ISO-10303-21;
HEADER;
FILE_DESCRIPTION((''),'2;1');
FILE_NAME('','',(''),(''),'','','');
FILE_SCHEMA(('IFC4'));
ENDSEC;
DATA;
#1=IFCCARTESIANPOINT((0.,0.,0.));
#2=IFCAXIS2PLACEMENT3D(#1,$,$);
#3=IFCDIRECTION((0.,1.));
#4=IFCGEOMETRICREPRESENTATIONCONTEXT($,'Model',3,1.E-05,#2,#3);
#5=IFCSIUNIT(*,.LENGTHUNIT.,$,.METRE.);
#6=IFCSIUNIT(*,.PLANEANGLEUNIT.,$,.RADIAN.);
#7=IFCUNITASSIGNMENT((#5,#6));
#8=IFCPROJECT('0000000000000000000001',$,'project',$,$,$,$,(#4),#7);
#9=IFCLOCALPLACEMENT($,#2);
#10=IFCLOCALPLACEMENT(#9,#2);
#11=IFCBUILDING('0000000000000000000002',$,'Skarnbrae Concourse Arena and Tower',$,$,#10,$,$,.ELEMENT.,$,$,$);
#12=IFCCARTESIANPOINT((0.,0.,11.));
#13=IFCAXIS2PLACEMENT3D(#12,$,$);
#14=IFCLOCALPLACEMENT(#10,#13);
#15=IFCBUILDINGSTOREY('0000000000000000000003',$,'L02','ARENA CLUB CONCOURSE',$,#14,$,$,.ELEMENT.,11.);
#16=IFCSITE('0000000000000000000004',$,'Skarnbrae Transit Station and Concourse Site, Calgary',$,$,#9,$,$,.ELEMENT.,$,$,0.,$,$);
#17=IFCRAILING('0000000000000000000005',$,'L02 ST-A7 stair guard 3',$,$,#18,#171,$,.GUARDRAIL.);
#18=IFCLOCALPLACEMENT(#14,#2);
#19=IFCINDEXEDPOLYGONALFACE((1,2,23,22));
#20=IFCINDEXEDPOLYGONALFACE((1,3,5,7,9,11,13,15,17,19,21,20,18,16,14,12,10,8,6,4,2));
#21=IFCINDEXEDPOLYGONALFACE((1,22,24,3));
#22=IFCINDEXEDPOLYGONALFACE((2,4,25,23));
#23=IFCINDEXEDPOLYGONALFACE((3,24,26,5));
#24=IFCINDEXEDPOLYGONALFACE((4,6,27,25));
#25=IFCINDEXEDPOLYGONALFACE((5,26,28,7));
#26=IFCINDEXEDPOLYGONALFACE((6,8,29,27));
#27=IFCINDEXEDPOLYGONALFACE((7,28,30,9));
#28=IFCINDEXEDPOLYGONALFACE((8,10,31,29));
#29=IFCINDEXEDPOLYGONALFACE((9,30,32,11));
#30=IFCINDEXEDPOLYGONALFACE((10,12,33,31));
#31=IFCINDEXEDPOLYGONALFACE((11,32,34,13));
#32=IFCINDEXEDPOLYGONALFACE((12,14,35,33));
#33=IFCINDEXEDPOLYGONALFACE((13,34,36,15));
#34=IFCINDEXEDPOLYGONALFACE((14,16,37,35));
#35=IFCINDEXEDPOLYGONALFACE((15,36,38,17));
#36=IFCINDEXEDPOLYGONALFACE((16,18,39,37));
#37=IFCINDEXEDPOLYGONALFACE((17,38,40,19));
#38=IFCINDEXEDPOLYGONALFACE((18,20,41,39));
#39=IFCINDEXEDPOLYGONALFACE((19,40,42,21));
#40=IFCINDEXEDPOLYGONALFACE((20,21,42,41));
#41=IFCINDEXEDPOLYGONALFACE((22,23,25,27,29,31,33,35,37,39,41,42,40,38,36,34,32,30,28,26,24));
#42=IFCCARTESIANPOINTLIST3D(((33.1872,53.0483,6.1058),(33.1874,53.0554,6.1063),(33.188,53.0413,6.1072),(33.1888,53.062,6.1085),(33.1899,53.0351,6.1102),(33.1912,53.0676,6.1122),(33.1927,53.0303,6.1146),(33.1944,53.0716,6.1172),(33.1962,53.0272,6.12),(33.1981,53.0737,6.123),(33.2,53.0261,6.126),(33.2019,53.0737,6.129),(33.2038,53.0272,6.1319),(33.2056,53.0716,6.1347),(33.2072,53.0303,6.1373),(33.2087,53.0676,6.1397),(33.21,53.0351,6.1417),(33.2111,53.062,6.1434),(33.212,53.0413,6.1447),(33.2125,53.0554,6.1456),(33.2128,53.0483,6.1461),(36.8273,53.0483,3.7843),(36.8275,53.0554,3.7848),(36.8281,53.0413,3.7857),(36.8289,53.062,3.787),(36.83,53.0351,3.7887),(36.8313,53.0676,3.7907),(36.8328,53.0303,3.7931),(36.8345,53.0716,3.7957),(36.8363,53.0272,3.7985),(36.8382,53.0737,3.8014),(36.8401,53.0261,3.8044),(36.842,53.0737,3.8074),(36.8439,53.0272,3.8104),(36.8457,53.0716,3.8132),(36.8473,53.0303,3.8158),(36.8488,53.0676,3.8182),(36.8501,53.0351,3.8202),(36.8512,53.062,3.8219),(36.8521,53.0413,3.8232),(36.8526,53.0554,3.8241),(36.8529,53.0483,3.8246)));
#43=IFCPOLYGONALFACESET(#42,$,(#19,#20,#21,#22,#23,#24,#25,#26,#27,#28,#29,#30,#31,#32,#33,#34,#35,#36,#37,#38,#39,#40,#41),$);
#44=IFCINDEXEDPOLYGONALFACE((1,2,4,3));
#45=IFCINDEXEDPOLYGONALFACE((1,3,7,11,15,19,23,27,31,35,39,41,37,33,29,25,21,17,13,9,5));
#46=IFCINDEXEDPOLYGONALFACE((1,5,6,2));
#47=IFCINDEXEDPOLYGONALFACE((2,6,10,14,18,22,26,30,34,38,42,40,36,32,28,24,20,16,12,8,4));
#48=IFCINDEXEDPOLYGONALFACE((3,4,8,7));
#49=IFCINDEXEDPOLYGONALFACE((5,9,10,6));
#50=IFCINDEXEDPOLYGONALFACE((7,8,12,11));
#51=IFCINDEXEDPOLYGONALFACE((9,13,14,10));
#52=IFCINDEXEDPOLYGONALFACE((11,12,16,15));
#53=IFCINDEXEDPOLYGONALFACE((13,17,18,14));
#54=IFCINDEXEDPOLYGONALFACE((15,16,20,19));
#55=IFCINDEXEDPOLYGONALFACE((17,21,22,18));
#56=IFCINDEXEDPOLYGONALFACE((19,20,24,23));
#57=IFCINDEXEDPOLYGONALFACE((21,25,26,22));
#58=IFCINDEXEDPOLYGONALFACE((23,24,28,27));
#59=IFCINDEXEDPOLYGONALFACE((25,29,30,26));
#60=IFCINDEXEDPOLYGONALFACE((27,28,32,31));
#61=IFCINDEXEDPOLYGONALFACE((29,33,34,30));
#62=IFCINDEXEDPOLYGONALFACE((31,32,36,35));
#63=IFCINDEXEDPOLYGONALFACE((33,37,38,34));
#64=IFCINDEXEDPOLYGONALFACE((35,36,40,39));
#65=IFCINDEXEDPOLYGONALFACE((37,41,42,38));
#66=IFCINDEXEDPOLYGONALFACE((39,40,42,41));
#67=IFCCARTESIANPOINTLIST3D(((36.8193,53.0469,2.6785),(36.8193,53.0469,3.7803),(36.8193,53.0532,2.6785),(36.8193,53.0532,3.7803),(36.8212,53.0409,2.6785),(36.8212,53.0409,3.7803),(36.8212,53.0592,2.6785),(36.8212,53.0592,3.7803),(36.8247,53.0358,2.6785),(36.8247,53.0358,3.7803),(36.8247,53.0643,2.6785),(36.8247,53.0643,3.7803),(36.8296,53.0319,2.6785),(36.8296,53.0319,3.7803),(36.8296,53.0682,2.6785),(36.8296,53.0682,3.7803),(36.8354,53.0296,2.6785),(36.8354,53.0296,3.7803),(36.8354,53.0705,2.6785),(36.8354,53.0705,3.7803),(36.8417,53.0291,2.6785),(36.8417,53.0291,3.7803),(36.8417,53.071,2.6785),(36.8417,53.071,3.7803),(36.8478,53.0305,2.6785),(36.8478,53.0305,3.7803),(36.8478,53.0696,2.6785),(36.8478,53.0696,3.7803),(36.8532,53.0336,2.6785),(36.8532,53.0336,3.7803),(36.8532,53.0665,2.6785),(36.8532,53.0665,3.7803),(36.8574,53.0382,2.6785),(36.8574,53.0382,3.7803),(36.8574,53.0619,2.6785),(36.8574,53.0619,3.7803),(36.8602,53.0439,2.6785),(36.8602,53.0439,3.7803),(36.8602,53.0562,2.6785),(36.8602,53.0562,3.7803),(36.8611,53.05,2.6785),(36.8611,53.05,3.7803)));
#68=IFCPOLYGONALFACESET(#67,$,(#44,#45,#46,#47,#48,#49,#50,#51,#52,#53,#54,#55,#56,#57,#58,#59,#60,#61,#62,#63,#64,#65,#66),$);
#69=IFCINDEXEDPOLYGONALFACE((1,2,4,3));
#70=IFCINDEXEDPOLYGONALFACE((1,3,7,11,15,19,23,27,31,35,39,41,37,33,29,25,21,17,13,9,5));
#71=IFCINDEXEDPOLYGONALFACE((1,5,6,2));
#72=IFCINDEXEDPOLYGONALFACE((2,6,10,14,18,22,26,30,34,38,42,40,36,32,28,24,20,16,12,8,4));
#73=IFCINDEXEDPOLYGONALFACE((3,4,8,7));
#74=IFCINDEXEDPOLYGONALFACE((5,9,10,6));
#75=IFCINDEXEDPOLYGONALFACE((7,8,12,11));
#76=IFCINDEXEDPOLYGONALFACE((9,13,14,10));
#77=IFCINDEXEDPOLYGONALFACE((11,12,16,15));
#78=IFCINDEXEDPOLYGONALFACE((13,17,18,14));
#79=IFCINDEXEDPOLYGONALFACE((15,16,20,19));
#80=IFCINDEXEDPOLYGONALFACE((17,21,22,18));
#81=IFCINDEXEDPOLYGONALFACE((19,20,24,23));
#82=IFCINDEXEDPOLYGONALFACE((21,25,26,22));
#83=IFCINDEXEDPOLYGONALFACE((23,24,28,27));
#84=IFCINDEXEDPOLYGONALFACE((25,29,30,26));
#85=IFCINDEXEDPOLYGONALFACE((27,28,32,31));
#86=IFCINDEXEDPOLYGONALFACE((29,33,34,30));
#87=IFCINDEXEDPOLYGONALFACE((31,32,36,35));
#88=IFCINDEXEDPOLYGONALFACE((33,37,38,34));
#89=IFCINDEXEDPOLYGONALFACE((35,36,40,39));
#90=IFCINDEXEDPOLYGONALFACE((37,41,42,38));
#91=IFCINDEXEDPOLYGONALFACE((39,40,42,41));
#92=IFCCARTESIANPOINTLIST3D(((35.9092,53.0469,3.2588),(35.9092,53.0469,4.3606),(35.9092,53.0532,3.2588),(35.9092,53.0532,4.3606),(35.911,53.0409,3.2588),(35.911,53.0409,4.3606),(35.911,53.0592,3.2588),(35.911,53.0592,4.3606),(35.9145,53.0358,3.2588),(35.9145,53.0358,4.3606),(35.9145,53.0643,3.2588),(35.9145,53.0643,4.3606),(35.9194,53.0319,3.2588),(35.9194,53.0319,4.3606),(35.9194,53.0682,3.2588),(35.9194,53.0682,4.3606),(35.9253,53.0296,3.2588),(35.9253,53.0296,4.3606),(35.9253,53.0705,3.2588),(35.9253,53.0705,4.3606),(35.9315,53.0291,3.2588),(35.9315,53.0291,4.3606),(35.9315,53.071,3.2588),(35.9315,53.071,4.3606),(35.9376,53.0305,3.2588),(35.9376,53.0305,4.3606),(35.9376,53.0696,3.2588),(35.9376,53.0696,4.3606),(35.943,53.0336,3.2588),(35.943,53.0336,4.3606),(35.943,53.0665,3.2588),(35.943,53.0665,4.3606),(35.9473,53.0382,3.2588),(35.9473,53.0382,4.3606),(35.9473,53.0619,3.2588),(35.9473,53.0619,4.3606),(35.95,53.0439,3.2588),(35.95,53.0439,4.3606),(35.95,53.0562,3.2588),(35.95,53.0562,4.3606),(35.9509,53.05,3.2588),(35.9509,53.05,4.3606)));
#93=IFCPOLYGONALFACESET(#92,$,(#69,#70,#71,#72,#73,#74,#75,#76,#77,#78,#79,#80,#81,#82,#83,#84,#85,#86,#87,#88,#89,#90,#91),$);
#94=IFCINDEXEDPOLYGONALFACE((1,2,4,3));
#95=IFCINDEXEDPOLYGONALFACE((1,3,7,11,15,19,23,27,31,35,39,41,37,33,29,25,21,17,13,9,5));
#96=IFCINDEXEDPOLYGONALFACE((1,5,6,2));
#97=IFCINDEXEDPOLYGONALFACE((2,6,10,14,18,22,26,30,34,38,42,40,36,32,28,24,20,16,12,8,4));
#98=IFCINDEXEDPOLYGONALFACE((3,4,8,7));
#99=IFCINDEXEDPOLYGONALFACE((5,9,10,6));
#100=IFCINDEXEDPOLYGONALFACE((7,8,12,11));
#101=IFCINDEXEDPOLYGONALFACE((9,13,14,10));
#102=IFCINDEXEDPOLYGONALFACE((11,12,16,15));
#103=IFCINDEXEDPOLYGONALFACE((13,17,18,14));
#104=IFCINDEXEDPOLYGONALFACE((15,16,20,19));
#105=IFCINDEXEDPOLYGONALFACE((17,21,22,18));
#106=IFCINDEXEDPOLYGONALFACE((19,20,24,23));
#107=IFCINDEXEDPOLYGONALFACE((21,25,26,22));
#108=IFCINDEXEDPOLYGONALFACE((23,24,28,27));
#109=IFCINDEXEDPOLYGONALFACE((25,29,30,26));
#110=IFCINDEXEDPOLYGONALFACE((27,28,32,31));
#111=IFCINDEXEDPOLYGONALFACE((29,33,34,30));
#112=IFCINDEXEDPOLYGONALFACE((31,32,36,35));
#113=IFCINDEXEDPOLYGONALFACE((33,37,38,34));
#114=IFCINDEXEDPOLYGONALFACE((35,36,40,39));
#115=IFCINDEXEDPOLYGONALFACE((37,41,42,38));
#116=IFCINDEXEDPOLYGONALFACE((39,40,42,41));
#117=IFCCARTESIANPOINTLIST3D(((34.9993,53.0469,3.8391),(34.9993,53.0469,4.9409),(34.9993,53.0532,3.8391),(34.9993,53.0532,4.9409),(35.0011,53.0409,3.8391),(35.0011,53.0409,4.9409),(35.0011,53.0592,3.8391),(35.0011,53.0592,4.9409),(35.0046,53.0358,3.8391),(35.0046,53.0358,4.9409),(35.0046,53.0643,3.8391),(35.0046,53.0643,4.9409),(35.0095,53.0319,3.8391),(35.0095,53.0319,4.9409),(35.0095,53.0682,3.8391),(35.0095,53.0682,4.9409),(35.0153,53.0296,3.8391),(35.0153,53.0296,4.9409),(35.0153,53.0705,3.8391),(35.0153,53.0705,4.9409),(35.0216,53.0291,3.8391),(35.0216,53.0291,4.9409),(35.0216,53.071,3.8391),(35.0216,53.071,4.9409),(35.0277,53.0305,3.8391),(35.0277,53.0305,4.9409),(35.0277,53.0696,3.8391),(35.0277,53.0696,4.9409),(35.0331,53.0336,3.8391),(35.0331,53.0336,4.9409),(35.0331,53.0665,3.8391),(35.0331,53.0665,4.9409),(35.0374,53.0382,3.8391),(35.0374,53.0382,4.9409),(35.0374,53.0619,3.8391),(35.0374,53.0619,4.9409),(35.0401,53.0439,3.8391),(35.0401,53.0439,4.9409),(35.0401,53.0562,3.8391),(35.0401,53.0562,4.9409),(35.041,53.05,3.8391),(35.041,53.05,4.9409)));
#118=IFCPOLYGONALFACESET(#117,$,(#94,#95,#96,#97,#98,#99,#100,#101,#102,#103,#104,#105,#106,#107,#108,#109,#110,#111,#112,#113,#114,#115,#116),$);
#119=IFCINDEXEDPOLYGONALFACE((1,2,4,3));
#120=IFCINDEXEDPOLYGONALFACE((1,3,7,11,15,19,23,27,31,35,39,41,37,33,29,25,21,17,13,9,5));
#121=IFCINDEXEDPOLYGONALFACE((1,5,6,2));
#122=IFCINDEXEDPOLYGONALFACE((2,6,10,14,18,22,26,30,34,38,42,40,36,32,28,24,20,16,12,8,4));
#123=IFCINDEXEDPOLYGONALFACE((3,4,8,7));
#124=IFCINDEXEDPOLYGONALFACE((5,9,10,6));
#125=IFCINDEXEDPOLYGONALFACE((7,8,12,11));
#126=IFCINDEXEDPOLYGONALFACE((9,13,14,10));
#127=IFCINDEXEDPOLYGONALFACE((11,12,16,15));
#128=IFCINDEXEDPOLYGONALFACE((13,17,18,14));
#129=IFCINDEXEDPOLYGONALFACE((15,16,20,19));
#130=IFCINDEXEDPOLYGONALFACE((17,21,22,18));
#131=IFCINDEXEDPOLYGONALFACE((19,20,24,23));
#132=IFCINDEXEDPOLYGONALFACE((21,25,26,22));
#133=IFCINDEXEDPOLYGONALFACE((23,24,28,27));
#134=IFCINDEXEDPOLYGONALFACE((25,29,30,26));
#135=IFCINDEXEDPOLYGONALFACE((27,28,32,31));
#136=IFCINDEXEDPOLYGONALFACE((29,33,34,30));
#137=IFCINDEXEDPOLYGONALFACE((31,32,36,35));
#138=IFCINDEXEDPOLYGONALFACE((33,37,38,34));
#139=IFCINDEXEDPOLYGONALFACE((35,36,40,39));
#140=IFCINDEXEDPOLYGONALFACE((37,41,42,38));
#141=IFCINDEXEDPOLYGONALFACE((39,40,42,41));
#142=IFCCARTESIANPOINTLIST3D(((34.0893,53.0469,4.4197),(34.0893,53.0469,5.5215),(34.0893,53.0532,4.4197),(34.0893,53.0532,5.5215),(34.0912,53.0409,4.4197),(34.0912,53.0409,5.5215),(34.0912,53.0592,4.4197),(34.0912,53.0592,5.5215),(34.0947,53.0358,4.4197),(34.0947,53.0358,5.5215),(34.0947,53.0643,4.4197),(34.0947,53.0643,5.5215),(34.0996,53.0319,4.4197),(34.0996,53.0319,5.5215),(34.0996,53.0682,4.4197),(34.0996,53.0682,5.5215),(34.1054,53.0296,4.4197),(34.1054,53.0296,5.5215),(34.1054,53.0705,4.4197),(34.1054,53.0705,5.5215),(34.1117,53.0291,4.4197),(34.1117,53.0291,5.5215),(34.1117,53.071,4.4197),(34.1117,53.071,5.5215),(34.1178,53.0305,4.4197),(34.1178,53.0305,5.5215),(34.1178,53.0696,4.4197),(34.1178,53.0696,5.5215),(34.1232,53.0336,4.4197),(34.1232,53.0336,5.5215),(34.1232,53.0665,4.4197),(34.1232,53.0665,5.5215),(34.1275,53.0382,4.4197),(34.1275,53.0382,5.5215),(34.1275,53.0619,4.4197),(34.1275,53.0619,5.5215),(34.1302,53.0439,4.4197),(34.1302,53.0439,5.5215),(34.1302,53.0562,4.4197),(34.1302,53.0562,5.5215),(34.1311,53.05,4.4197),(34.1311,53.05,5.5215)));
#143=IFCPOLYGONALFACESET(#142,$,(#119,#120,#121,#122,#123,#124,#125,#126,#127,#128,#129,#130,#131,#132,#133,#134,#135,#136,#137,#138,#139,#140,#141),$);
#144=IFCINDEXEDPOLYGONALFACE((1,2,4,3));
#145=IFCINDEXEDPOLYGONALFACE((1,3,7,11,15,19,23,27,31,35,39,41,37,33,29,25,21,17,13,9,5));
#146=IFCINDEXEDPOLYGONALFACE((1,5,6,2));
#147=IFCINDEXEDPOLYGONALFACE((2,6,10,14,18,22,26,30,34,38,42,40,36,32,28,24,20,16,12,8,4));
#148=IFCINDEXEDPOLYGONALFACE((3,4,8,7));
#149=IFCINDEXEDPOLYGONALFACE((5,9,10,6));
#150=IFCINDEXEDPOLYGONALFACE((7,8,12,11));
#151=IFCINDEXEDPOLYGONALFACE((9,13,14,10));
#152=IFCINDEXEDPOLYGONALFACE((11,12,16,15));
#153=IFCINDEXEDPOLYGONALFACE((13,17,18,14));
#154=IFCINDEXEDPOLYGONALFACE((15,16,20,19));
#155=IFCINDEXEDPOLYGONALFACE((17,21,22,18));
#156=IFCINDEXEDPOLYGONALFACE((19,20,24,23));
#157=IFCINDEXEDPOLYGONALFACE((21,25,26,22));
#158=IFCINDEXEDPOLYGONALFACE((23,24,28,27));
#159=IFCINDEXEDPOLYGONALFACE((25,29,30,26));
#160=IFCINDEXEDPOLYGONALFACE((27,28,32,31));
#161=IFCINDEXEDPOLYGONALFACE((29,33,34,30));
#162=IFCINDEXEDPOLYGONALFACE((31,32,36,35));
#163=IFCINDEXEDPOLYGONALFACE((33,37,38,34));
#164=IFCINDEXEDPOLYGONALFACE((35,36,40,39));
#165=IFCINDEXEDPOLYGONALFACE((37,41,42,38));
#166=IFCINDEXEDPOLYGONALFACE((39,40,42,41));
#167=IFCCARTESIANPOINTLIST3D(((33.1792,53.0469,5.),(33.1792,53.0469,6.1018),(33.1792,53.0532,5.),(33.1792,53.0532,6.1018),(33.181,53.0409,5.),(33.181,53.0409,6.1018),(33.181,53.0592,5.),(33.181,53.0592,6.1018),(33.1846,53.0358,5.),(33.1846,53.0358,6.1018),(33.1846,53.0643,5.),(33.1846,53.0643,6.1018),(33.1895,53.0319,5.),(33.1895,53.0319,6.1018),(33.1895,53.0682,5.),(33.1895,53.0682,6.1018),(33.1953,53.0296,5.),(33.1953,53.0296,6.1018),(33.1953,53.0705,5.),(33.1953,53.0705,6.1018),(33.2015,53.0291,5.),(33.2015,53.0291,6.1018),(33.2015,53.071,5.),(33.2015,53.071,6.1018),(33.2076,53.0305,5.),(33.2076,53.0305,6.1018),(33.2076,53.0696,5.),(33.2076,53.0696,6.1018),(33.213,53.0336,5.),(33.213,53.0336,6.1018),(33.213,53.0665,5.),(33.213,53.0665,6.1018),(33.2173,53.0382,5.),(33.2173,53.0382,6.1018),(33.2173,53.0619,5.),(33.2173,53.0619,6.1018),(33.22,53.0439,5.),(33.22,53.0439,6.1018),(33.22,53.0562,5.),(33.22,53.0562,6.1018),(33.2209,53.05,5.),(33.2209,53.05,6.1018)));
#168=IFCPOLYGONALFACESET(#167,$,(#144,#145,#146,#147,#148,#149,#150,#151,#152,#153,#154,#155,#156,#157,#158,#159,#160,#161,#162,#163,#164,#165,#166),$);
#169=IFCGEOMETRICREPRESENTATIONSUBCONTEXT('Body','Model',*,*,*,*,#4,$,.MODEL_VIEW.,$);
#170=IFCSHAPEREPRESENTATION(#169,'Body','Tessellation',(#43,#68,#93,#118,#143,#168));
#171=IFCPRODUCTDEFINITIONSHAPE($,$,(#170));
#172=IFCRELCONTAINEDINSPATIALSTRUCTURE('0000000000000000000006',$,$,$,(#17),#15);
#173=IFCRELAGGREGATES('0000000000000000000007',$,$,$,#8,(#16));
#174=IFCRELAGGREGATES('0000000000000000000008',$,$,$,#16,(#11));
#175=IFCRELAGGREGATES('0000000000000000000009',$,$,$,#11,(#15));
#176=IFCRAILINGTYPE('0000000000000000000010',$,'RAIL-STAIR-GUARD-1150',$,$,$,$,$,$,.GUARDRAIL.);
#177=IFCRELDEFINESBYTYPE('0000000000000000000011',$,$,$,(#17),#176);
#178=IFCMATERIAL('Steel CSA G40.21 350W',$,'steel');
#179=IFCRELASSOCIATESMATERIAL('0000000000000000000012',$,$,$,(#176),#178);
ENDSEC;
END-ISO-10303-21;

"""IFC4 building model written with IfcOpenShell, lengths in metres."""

from ifc_helpers import new_model, si_unit, direction, frame, origin, origin_2d, place, context, subcontext, project, spatial, circle, extrude, material, type_object, element, save


model = new_model("IFC4")

# Units and contexts
model_context = context("Model", 3, precision=1e-05, world=origin(), true_north=direction((0.0, 1.0)))
body_context = subcontext(model_context, "Body", "Model", "MODEL_VIEW")
ifc_project = project(units=[si_unit("LENGTHUNIT", "METRE"), si_unit("PLANEANGLEUNIT", "RADIAN")], contexts=[model_context])

# Site, building, storey
site_placement = place(None, origin())
site = spatial("IfcSite", under=ifc_project, at=site_placement, Name="Skarnbrae Transit Station and Concourse Site, Calgary", CompositionType="ELEMENT", RefElevation=0.0)
building_placement = place(site_placement, origin())
building = spatial("IfcBuilding", under=site, at=building_placement, Name="Skarnbrae Concourse Arena and Tower", CompositionType="ELEMENT")
storey_placement = place(building_placement, frame((0.0, 0.0, 11.0)))
storey = spatial("IfcBuildingStorey", under=building, at=storey_placement, Name="L02", Description="ARENA CLUB CONCOURSE", CompositionType="ELEMENT", Elevation=11.0)

# Shared definitions
ifc_material_1 = material(Name="Steel CSA G40.21 350W", Category="steel")

# Railing
railing_type_1 = type_object("IfcRailingType", Name="RAIL-STAIR-GUARD-1150", PredefinedType="GUARDRAIL", material=ifc_material_1)
railing_1_placement = place(storey_placement, frame((36.8401, 53.05, 2.6785)))
element("IfcRailing", 1, at=railing_1_placement, inside=storey, type_object=railing_type_1, Name="L02 ST-A7 stair guard 3", PredefinedType="GUARDRAIL", context=body_context, shape_type="SweptSolid", body=[
    extrude(circle(Radius=0.0239, at=origin_2d()), frame((0.0, 0.0, 1.126), z_axis=(-0.843128, 0.0, 0.537713), x_axis=(0.0, -1.0, 0.0)), (0.0, 0.0, 1.0), 4.3174),
    extrude(circle(Radius=0.021, at=origin_2d()), origin(), (0.0, 0.0, 1.0), 1.1018),
    extrude(circle(Radius=0.021, at=origin_2d()), frame((-0.9102, 0.0, 0.5803)), (0.0, 0.0, 1.0), 1.1018),
    extrude(circle(Radius=0.021, at=origin_2d()), frame((-1.8201, 0.0, 1.1606)), (0.0, 0.0, 1.0), 1.1018),
    extrude(circle(Radius=0.021, at=origin_2d()), frame((-2.73, 0.0, 1.7412)), (0.0, 0.0, 1.0), 1.1018),
    extrude(circle(Radius=0.021, at=origin_2d()), frame((-3.6401, 0.0, 2.3215)), (0.0, 0.0, 1.0), 1.1018),
])

save(model, "model.ifc")
